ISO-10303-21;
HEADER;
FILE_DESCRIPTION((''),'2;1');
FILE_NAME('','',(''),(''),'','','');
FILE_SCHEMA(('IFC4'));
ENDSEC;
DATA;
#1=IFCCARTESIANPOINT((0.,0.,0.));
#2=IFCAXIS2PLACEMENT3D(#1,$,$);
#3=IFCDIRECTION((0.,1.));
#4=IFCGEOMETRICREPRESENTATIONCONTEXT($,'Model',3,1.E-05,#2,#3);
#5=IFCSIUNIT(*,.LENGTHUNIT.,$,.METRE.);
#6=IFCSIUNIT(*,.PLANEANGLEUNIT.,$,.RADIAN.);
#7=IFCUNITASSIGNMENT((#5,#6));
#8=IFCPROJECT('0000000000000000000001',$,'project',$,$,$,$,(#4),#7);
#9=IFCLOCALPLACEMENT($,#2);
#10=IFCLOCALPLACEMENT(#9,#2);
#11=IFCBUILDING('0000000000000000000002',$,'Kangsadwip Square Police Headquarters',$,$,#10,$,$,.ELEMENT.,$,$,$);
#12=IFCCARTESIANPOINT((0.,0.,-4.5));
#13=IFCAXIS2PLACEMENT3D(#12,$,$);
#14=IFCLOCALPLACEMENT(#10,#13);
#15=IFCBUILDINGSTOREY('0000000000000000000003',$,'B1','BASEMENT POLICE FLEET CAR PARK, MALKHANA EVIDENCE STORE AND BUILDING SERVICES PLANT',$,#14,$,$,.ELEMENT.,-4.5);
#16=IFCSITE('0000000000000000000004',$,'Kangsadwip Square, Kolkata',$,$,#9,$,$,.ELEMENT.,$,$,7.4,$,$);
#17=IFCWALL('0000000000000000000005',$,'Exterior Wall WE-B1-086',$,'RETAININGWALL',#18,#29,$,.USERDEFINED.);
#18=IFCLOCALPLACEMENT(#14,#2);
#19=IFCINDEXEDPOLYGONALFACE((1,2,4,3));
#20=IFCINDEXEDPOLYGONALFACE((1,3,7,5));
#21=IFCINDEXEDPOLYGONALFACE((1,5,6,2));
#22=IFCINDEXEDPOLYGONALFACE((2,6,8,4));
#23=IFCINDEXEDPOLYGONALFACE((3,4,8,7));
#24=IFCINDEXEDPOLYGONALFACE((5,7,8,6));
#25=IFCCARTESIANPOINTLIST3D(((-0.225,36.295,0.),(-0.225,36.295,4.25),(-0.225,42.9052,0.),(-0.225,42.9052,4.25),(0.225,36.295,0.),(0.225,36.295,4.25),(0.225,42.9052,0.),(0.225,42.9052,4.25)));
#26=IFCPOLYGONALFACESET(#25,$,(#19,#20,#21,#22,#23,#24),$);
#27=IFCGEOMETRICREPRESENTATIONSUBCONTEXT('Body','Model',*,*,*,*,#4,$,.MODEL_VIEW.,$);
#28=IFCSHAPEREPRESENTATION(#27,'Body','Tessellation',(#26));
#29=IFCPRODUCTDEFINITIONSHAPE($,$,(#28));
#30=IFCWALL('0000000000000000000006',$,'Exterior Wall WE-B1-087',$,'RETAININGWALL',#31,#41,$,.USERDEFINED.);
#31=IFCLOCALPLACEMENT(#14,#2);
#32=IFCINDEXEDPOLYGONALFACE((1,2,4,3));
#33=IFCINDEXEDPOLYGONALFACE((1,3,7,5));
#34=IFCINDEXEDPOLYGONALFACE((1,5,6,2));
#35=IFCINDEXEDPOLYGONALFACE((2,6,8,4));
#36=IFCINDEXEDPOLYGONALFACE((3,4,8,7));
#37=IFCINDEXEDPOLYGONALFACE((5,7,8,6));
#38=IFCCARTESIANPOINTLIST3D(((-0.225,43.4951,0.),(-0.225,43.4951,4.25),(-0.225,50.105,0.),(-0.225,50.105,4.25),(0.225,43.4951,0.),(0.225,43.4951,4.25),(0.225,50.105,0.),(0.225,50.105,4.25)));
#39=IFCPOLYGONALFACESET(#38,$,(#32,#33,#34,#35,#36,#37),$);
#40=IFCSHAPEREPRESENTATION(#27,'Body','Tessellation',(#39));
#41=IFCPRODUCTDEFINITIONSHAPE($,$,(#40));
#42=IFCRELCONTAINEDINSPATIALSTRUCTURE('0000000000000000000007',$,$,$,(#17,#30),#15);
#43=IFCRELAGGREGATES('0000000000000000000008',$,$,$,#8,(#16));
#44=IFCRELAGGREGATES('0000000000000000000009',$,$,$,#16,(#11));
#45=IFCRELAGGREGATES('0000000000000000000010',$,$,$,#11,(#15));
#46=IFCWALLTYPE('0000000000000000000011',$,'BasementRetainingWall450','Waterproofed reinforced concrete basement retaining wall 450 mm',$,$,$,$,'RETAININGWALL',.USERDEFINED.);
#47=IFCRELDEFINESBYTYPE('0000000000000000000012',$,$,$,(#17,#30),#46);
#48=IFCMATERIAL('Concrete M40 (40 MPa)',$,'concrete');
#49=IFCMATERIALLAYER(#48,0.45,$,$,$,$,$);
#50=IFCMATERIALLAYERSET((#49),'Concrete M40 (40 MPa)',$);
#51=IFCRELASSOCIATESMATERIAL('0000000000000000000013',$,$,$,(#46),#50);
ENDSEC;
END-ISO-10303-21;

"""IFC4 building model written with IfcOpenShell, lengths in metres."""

from ifc_helpers import new_model, si_unit, direction, frame, frame_2d, origin, place, context, subcontext, project, spatial, rectangle, extrude, material, layer, layer_set, type_object, element, save


model = new_model("IFC4")

# Units and contexts
model_context = context("Model", 3, precision=1e-05, world=origin(), true_north=direction((0.0, 1.0)))
body_context = subcontext(model_context, "Body", "Model", "MODEL_VIEW")
ifc_project = project(units=[si_unit("LENGTHUNIT", "METRE"), si_unit("PLANEANGLEUNIT", "RADIAN")], contexts=[model_context])

# Site, building, storey
site_placement = place(None, origin())
site = spatial("IfcSite", under=ifc_project, at=site_placement, Name="Kangsadwip Square, Kolkata", CompositionType="ELEMENT", RefElevation=7.4)
building_placement = place(site_placement, origin())
building = spatial("IfcBuilding", under=site, at=building_placement, Name="Kangsadwip Square Police Headquarters", CompositionType="ELEMENT")
storey_placement = place(building_placement, frame((0.0, 0.0, -4.5)))
storey = spatial("IfcBuildingStorey", under=building, at=storey_placement, Name="B1", Description="BASEMENT POLICE FLEET CAR PARK, MALKHANA EVIDENCE STORE AND BUILDING SERVICES PLANT", CompositionType="ELEMENT", Elevation=-4.5)

# Walls
ifc_material_1 = material(Name="Concrete M40 (40 MPa)", Category="concrete")
ifc_layer = layer(ifc_material_1, 0.45)
ifc_layer_set = layer_set([ifc_layer], Name="Concrete M40 (40 MPa)")
wall_type = type_object("IfcWallType", Name="BasementRetainingWall450", Description="Waterproofed reinforced concrete basement retaining wall 450 mm", ElementType="RETAININGWALL", PredefinedType="USERDEFINED", material=ifc_layer_set)
wall_1_placement = place(storey_placement, frame((0.0, 36.2949, 0.0), z_axis=(0.0, 0.0, 1.0), x_axis=(0.0, 1.0, 0.0)))
element("IfcWall", 1, at=wall_1_placement, inside=storey, type_object=wall_type, Name="Exterior Wall WE-B1-086", ObjectType="RETAININGWALL", PredefinedType="USERDEFINED", context=body_context, shape_type="SweptSolid", body=[
    extrude(rectangle(XDim=6.6101, YDim=0.45, at=frame_2d((3.3052, 0.0))), origin(), (0.0, 0.0, 1.0), 4.25),
])
wall_2_placement = place(storey_placement, frame((0.0, 43.4951, 0.0), z_axis=(0.0, 0.0, 1.0), x_axis=(0.0, 1.0, 0.0)))
element("IfcWall", 2, at=wall_2_placement, inside=storey, type_object=wall_type, Name="Exterior Wall WE-B1-087", ObjectType="RETAININGWALL", PredefinedType="USERDEFINED", context=body_context, shape_type="SweptSolid", body=[
    extrude(rectangle(XDim=6.6099, YDim=0.45, at=frame_2d((3.3049, 0.0))), origin(), (0.0, 0.0, 1.0), 4.25),
])

save(model, "model.ifc")
